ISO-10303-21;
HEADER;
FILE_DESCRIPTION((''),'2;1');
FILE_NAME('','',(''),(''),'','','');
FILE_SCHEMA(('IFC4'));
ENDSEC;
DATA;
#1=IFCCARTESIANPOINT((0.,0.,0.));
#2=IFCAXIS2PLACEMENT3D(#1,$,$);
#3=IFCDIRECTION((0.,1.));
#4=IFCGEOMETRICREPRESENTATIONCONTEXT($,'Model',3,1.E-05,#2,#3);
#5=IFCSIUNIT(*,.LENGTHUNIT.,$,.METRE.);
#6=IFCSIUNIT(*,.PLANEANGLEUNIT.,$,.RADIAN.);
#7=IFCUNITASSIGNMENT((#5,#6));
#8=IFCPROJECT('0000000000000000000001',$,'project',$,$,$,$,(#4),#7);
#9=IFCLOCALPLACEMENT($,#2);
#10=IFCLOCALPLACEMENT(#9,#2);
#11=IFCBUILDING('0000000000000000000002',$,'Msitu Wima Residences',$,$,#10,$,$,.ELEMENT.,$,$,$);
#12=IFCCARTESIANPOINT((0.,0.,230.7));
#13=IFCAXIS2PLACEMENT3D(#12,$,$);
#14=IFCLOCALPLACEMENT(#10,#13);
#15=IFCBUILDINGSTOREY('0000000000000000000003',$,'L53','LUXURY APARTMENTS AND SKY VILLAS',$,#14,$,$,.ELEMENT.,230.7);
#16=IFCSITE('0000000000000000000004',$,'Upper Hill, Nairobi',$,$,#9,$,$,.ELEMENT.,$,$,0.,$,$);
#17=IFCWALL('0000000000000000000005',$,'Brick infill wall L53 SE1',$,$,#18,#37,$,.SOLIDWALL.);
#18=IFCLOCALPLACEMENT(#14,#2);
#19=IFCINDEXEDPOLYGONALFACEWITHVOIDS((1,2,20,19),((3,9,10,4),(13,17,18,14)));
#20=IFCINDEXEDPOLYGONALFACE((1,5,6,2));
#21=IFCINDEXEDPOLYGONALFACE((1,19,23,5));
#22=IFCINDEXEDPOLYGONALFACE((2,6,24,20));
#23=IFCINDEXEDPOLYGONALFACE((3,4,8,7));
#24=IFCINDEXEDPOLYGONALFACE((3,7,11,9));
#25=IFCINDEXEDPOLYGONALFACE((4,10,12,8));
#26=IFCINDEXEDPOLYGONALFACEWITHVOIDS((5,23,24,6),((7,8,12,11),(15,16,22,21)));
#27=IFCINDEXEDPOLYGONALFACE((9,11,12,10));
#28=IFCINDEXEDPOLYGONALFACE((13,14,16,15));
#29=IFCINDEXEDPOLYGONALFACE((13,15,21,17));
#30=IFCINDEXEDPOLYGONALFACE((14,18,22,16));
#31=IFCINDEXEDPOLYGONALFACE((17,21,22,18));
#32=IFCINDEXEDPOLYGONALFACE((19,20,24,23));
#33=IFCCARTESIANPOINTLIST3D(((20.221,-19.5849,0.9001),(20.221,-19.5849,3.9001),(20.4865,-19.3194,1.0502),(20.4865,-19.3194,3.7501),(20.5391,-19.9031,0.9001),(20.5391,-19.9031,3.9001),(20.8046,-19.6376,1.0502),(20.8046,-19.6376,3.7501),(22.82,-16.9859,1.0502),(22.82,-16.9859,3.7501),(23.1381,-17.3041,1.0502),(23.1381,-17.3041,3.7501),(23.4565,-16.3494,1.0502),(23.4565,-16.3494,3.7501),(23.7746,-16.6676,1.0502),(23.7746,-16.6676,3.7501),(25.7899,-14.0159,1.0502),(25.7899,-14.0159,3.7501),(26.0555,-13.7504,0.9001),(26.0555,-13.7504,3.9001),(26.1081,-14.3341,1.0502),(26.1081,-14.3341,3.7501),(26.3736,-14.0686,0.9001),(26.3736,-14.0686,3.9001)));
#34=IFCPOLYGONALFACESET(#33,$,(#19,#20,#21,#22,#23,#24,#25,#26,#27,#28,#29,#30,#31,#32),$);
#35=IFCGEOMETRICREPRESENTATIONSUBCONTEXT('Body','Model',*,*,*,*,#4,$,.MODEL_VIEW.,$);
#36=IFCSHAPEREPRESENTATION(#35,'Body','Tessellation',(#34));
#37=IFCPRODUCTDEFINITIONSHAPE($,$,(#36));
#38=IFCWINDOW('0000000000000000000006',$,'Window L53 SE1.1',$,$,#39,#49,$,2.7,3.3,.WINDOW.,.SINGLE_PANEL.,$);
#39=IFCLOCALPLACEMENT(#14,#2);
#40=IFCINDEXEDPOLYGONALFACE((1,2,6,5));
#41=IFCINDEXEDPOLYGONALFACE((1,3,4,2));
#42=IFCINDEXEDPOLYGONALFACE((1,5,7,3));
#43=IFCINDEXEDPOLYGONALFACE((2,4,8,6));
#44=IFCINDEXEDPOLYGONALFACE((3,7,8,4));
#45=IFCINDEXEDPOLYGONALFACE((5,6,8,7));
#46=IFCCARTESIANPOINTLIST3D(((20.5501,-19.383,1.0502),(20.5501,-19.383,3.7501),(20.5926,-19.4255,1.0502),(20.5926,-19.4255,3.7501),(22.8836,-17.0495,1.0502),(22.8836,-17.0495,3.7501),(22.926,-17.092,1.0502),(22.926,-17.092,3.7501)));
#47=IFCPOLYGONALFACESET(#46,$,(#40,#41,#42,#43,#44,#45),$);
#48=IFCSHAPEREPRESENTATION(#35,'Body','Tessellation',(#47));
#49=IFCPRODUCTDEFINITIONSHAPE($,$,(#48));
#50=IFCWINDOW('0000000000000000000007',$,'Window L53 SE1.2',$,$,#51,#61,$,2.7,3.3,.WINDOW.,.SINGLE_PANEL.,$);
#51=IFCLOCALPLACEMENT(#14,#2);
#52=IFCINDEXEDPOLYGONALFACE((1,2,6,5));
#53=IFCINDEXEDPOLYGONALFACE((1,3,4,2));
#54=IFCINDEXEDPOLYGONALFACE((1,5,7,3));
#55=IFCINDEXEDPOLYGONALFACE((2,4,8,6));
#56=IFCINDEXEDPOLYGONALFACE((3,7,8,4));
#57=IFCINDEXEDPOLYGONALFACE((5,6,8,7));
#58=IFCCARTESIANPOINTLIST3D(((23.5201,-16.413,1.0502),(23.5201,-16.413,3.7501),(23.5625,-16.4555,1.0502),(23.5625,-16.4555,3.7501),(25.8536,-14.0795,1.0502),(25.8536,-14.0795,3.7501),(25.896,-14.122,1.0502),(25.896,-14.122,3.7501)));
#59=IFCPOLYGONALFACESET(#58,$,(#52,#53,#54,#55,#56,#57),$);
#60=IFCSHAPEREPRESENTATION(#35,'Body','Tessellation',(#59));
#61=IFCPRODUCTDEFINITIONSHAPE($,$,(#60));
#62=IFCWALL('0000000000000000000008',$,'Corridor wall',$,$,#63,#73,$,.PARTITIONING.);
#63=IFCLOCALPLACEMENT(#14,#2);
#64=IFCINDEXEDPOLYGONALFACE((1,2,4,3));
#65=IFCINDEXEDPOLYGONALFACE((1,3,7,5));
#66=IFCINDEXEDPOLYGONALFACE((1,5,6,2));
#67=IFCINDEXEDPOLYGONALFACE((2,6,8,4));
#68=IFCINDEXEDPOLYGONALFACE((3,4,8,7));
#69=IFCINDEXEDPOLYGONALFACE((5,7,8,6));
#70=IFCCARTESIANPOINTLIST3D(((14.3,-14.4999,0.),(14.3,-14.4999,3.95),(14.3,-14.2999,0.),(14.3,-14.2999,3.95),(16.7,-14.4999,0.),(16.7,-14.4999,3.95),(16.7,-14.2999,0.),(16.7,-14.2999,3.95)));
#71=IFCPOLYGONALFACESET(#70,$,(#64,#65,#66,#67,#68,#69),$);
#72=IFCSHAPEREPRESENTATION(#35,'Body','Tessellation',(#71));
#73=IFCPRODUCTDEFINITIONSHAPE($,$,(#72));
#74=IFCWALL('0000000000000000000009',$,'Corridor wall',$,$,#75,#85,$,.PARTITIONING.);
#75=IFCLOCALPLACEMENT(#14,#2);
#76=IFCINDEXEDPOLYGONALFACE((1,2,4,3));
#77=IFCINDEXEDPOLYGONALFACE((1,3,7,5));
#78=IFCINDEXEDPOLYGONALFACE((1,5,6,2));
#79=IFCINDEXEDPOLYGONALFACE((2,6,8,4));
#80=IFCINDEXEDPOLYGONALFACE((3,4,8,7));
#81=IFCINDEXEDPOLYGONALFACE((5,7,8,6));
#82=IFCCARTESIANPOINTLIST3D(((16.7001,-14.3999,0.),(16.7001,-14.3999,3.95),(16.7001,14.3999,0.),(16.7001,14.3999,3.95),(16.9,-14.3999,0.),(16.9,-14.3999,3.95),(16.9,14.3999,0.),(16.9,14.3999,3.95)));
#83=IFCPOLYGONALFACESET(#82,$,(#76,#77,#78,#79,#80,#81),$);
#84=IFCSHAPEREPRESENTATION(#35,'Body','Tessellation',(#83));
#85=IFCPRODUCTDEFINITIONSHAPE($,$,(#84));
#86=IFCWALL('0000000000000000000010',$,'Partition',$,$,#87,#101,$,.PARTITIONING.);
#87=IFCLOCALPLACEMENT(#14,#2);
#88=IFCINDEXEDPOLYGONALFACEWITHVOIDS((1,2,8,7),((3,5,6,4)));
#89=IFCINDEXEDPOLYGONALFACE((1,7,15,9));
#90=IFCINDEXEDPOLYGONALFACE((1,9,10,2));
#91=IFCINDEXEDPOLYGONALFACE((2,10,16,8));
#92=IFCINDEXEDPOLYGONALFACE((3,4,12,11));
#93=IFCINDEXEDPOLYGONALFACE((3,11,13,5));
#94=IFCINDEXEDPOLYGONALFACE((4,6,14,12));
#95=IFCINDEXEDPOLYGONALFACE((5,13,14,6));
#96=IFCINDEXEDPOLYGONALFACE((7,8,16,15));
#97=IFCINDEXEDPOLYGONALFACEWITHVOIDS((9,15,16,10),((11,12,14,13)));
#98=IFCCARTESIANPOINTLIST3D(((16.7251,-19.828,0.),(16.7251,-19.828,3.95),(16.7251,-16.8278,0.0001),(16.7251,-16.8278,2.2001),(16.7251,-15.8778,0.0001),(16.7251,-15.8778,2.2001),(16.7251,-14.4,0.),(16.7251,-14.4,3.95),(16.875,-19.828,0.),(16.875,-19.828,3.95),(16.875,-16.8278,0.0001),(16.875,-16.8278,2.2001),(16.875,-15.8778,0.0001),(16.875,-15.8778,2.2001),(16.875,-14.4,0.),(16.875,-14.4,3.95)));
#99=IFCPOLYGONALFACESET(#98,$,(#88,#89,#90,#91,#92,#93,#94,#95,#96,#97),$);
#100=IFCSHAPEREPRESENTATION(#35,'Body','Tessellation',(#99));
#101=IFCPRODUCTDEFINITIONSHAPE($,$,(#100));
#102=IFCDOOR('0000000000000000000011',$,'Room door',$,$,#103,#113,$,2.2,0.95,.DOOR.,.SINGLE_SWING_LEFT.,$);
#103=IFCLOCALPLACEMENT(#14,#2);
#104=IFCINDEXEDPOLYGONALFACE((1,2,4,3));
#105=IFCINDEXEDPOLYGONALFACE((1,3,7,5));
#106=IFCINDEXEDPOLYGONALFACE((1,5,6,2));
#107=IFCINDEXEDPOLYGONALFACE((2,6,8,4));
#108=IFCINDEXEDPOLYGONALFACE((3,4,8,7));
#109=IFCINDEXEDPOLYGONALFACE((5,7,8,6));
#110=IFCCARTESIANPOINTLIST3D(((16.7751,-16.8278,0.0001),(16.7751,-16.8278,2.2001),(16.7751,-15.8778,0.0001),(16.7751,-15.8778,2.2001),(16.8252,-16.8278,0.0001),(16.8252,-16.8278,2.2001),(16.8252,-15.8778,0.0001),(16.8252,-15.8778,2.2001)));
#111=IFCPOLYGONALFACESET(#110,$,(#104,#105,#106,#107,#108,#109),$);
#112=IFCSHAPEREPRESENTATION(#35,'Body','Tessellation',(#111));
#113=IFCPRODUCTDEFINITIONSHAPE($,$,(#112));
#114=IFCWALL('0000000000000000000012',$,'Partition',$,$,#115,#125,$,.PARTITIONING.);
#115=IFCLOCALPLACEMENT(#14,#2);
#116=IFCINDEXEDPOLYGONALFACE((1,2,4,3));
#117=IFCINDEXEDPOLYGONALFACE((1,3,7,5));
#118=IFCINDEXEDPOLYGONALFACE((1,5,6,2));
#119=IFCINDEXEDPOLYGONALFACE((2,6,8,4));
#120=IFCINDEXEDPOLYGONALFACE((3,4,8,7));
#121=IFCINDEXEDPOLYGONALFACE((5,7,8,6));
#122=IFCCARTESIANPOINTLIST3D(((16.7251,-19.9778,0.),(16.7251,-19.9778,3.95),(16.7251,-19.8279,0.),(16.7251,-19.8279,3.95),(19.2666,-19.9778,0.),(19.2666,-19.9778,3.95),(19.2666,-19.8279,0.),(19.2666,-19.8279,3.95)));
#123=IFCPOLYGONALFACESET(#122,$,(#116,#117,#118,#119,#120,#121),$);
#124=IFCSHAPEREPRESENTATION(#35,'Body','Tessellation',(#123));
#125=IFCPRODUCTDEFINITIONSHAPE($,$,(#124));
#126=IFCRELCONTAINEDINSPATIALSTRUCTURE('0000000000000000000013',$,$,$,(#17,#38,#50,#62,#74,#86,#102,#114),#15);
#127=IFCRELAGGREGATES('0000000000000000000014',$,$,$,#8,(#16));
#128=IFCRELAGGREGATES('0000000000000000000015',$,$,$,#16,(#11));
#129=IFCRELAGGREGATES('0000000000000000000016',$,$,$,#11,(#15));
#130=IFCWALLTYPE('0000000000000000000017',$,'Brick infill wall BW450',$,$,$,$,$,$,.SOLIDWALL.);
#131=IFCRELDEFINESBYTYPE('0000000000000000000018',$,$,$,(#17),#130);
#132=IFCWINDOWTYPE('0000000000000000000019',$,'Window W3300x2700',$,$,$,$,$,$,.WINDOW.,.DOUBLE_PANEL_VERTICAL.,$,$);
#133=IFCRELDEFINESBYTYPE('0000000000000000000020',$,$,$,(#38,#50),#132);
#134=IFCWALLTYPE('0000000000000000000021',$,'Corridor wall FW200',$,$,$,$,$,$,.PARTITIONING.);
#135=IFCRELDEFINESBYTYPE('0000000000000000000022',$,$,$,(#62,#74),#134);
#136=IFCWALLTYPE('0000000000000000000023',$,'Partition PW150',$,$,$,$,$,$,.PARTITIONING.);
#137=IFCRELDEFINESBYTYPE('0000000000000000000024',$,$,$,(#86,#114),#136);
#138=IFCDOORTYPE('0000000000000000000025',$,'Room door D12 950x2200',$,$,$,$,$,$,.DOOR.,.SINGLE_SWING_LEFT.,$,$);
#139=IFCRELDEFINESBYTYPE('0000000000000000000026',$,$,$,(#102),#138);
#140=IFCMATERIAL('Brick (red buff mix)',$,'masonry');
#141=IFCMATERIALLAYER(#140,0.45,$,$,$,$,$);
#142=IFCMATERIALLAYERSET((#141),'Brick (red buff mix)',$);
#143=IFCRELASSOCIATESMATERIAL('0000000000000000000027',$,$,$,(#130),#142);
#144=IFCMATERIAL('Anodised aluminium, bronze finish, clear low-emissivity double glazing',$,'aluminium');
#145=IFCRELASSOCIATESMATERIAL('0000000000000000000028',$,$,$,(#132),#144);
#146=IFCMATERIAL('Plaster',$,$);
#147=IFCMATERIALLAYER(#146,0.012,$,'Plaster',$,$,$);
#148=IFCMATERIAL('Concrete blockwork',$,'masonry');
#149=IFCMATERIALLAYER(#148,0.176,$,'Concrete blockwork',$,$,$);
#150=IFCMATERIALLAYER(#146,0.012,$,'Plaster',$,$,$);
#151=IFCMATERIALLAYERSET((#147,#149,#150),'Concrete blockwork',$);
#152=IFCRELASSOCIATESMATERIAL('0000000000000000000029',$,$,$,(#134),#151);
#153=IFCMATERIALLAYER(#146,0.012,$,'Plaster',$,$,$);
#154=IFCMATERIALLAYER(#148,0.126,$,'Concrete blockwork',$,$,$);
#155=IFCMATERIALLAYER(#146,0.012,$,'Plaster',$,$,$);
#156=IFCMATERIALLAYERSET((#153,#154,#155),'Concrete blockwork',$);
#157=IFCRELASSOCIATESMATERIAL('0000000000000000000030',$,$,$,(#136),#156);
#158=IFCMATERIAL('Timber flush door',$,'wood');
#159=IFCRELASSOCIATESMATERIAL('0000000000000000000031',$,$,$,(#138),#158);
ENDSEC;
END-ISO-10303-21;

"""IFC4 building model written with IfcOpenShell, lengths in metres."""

from ifc_helpers import new_model, si_unit, direction, frame, frame_2d, origin, place, context, subcontext, project, spatial, rectangle, extrude, material, layer, layer_set, type_object, element, fill, save


model = new_model("IFC4")

# Units and contexts
model_context = context("Model", 3, precision=1e-05, world=origin(), true_north=direction((0.0, 1.0)))
body_context = subcontext(model_context, "Body", "Model", "MODEL_VIEW")
ifc_project = project(units=[si_unit("LENGTHUNIT", "METRE"), si_unit("PLANEANGLEUNIT", "RADIAN")], contexts=[model_context])

# Site, building, storey
site_placement = place(None, origin())
site = spatial("IfcSite", under=ifc_project, at=site_placement, Name="Upper Hill, Nairobi", CompositionType="ELEMENT", RefElevation=0.0)
building_placement = place(site_placement, origin())
building = spatial("IfcBuilding", under=site, at=building_placement, Name="Msitu Wima Residences", CompositionType="ELEMENT")
storey_placement = place(building_placement, frame((0.0, 0.0, 230.7)))
storey = spatial("IfcBuildingStorey", under=building, at=storey_placement, Name="L53", Description="LUXURY APARTMENTS AND SKY VILLAS", CompositionType="ELEMENT", Elevation=230.7)

# Shared definitions
ifc_material_1 = material(Name="Brick (red buff mix)", Category="masonry")
ifc_layer_1 = layer(ifc_material_1, 0.45)
ifc_layer_set_1 = layer_set([ifc_layer_1], Name="Brick (red buff mix)")
wall_type_1 = type_object("IfcWallType", Name="Brick infill wall BW450", PredefinedType="SOLIDWALL", material=ifc_layer_set_1)
ifc_material_2 = material(Name="Anodised aluminium, bronze finish, clear low-emissivity double glazing", Category="aluminium")
window_type = type_object("IfcWindowType", Name="Window W3300x2700", PartitioningType="DOUBLE_PANEL_VERTICAL", PredefinedType="WINDOW", material=ifc_material_2)

# Wall, openings, windows
wall_1_placement = place(storey_placement, frame((20.3801, -19.7439, 0.9001), z_axis=(0.0, 0.0, 1.0), x_axis=(0.707107, 0.707107, 0.0)))
wall_1 = element("IfcWall", 1, at=wall_1_placement, inside=storey, type_object=wall_type_1, Name="Brick infill wall L53 SE1", PredefinedType="SOLIDWALL", context=body_context, shape_type="SweptSolid", body=[
    extrude(rectangle(XDim=8.2512, YDim=0.45, at=frame_2d((4.1255, 0.0))), origin(), (0.0, 0.0, 1.0), 3.0),
])
opening_1_placement = place(wall_1_placement, frame((0.3755, 0.0, 0.1499)))
opening_1 = element("IfcOpeningElement", 2, at=opening_1_placement, cuts=wall_1, PredefinedType="OPENING", context=body_context, shape_type="SweptSolid", body=[
    extrude(rectangle(XDim=3.3, YDim=2.7, at=frame_2d((1.6499, 1.3501))), frame((0.0, 0.2349, 0.0), z_axis=(0.0, -1.0, 0.0), x_axis=(1.0, 0.0, 0.0)), (0.0, 0.0, 1.0), 0.47),
])
opening_2_placement = place(wall_1_placement, frame((4.5757, 0.0, 0.1499)))
opening_2 = element("IfcOpeningElement", 3, at=opening_2_placement, cuts=wall_1, PredefinedType="OPENING", context=body_context, shape_type="SweptSolid", body=[
    extrude(rectangle(XDim=3.3, YDim=2.7, at=frame_2d((1.6499, 1.3501))), frame((0.0, 0.2349, 0.0), z_axis=(0.0, -1.0, 0.0), x_axis=(1.0, 0.0, 0.0)), (0.0, 0.0, 1.0), 0.47),
])
window_1_placement = place(opening_1_placement, origin())
window_1 = element("IfcWindow", 4, at=window_1_placement, inside=storey, type_object=window_type, Name="Window L53 SE1.1", OverallHeight=2.7, OverallWidth=3.3, PartitioningType="SINGLE_PANEL", PredefinedType="WINDOW", context=body_context, shape_type="SweptSolid", body=[
    extrude(rectangle(XDim=3.3, YDim=2.7, at=frame_2d((1.6499, 1.3501))), frame((0.0, 0.135, 0.0), z_axis=(0.0, -1.0, 0.0), x_axis=(1.0, 0.0, 0.0)), (0.0, 0.0, 1.0), 0.0601),
])
fill(opening_1, window_1)
window_2_placement = place(opening_2_placement, origin())
window_2 = element("IfcWindow", 5, at=window_2_placement, inside=storey, type_object=window_type, Name="Window L53 SE1.2", OverallHeight=2.7, OverallWidth=3.3, PartitioningType="SINGLE_PANEL", PredefinedType="WINDOW", context=body_context, shape_type="SweptSolid", body=[
    extrude(rectangle(XDim=3.3, YDim=2.7, at=frame_2d((1.6499, 1.3501))), frame((0.0, 0.135, 0.0), z_axis=(0.0, -1.0, 0.0), x_axis=(1.0, 0.0, 0.0)), (0.0, 0.0, 1.0), 0.0601),
])
fill(opening_2, window_2)

# Shared definitions
ifc_material_3 = material(Name="Plaster")
ifc_layer_2 = layer(ifc_material_3, 0.012, Name="Plaster")
ifc_material_4 = material(Name="Concrete blockwork", Category="masonry")
ifc_layer_3 = layer(ifc_material_4, 0.176, Name="Concrete blockwork")
ifc_layer_4 = layer(ifc_material_3, 0.012, Name="Plaster")
ifc_layer_set_2 = layer_set([ifc_layer_2, ifc_layer_3, ifc_layer_4], Name="Concrete blockwork")
wall_type_2 = type_object("IfcWallType", Name="Corridor wall FW200", PredefinedType="PARTITIONING", material=ifc_layer_set_2)

# Walls
wall_2_placement = place(storey_placement, frame((14.3, -14.3999, 0.0), z_axis=(0.0, 0.0, 1.0), x_axis=(1.0, 0.0, 0.0)))
element("IfcWall", 6, at=wall_2_placement, inside=storey, type_object=wall_type_2, Name="Corridor wall", PredefinedType="PARTITIONING", context=body_context, shape_type="SweptSolid", body=[
    extrude(rectangle(XDim=2.3999, YDim=0.2, at=frame_2d((1.2, 0.0))), origin(), (0.0, 0.0, 1.0), 3.95),
])
wall_3_placement = place(storey_placement, frame((16.8, -14.3999, 0.0), z_axis=(0.0, 0.0, 1.0), x_axis=(0.0, 1.0, 0.0)))
element("IfcWall", 7, at=wall_3_placement, inside=storey, type_object=wall_type_2, Name="Corridor wall", PredefinedType="PARTITIONING", context=body_context, shape_type="SweptSolid", body=[
    extrude(rectangle(XDim=28.7998, YDim=0.2, at=frame_2d((14.3999, 0.0))), origin(), (0.0, 0.0, 1.0), 3.95),
])

# Wall, opening, door
ifc_layer_5 = layer(ifc_material_3, 0.012, Name="Plaster")
ifc_layer_6 = layer(ifc_material_4, 0.126, Name="Concrete blockwork")
ifc_layer_7 = layer(ifc_material_3, 0.012, Name="Plaster")
ifc_layer_set_3 = layer_set([ifc_layer_5, ifc_layer_6, ifc_layer_7], Name="Concrete blockwork")
wall_type_3 = type_object("IfcWallType", Name="Partition PW150", PredefinedType="PARTITIONING", material=ifc_layer_set_3)
wall_4_placement = place(storey_placement, frame((16.8, -19.8279, 0.0), z_axis=(0.0, 0.0, 1.0), x_axis=(0.0, 1.0, 0.0)))
wall_4 = element("IfcWall", 8, at=wall_4_placement, inside=storey, type_object=wall_type_3, Name="Partition", PredefinedType="PARTITIONING", context=body_context, shape_type="SweptSolid", body=[
    extrude(rectangle(XDim=5.428, YDim=0.1499, at=frame_2d((2.7139, 0.0))), origin(), (0.0, 0.0, 1.0), 3.95),
])
opening_3_placement = place(wall_4_placement, frame((3.0, 0.0, 0.0)))
opening_3 = element("IfcOpeningElement", 9, at=opening_3_placement, cuts=wall_4, PredefinedType="OPENING", context=body_context, shape_type="SweptSolid", body=[
    extrude(rectangle(XDim=0.95, YDim=2.2, at=frame_2d((0.4751, 1.1001))), frame((0.0, 0.085, 0.0), z_axis=(0.0, -1.0, 0.0), x_axis=(1.0, 0.0, 0.0)), (0.0, 0.0, 1.0), 0.1699),
])
ifc_material_5 = material(Name="Timber flush door", Category="wood")
door_type_1 = type_object("IfcDoorType", Name="Room door D12 950x2200", OperationType="SINGLE_SWING_LEFT", PredefinedType="DOOR", material=ifc_material_5)
door_1_placement = place(opening_3_placement, origin())
door_1 = element("IfcDoor", 10, at=door_1_placement, inside=storey, type_object=door_type_1, Name="Room door", OperationType="SINGLE_SWING_LEFT", OverallHeight=2.2, OverallWidth=0.95, PredefinedType="DOOR", context=body_context, shape_type="SweptSolid", body=[
    extrude(rectangle(XDim=0.95, YDim=2.2, at=frame_2d((0.4751, 1.1001))), frame((0.0, 0.0249, 0.0), z_axis=(0.0, -1.0, 0.0), x_axis=(1.0, 0.0, 0.0)), (0.0, 0.0, 1.0), 0.05),
])
fill(opening_3, door_1)

# Wall
wall_5_placement = place(storey_placement, frame((16.7251, -19.9028, 0.0), z_axis=(0.0, 0.0, 1.0), x_axis=(1.0, 0.0, 0.0)))
element("IfcWall", 11, at=wall_5_placement, inside=storey, type_object=wall_type_3, Name="Partition", PredefinedType="PARTITIONING", context=body_context, shape_type="SweptSolid", body=[
    extrude(rectangle(XDim=2.5415, YDim=0.1499, at=frame_2d((1.2708, 0.0))), origin(), (0.0, 0.0, 1.0), 3.95),
])

save(model, "model.ifc")
